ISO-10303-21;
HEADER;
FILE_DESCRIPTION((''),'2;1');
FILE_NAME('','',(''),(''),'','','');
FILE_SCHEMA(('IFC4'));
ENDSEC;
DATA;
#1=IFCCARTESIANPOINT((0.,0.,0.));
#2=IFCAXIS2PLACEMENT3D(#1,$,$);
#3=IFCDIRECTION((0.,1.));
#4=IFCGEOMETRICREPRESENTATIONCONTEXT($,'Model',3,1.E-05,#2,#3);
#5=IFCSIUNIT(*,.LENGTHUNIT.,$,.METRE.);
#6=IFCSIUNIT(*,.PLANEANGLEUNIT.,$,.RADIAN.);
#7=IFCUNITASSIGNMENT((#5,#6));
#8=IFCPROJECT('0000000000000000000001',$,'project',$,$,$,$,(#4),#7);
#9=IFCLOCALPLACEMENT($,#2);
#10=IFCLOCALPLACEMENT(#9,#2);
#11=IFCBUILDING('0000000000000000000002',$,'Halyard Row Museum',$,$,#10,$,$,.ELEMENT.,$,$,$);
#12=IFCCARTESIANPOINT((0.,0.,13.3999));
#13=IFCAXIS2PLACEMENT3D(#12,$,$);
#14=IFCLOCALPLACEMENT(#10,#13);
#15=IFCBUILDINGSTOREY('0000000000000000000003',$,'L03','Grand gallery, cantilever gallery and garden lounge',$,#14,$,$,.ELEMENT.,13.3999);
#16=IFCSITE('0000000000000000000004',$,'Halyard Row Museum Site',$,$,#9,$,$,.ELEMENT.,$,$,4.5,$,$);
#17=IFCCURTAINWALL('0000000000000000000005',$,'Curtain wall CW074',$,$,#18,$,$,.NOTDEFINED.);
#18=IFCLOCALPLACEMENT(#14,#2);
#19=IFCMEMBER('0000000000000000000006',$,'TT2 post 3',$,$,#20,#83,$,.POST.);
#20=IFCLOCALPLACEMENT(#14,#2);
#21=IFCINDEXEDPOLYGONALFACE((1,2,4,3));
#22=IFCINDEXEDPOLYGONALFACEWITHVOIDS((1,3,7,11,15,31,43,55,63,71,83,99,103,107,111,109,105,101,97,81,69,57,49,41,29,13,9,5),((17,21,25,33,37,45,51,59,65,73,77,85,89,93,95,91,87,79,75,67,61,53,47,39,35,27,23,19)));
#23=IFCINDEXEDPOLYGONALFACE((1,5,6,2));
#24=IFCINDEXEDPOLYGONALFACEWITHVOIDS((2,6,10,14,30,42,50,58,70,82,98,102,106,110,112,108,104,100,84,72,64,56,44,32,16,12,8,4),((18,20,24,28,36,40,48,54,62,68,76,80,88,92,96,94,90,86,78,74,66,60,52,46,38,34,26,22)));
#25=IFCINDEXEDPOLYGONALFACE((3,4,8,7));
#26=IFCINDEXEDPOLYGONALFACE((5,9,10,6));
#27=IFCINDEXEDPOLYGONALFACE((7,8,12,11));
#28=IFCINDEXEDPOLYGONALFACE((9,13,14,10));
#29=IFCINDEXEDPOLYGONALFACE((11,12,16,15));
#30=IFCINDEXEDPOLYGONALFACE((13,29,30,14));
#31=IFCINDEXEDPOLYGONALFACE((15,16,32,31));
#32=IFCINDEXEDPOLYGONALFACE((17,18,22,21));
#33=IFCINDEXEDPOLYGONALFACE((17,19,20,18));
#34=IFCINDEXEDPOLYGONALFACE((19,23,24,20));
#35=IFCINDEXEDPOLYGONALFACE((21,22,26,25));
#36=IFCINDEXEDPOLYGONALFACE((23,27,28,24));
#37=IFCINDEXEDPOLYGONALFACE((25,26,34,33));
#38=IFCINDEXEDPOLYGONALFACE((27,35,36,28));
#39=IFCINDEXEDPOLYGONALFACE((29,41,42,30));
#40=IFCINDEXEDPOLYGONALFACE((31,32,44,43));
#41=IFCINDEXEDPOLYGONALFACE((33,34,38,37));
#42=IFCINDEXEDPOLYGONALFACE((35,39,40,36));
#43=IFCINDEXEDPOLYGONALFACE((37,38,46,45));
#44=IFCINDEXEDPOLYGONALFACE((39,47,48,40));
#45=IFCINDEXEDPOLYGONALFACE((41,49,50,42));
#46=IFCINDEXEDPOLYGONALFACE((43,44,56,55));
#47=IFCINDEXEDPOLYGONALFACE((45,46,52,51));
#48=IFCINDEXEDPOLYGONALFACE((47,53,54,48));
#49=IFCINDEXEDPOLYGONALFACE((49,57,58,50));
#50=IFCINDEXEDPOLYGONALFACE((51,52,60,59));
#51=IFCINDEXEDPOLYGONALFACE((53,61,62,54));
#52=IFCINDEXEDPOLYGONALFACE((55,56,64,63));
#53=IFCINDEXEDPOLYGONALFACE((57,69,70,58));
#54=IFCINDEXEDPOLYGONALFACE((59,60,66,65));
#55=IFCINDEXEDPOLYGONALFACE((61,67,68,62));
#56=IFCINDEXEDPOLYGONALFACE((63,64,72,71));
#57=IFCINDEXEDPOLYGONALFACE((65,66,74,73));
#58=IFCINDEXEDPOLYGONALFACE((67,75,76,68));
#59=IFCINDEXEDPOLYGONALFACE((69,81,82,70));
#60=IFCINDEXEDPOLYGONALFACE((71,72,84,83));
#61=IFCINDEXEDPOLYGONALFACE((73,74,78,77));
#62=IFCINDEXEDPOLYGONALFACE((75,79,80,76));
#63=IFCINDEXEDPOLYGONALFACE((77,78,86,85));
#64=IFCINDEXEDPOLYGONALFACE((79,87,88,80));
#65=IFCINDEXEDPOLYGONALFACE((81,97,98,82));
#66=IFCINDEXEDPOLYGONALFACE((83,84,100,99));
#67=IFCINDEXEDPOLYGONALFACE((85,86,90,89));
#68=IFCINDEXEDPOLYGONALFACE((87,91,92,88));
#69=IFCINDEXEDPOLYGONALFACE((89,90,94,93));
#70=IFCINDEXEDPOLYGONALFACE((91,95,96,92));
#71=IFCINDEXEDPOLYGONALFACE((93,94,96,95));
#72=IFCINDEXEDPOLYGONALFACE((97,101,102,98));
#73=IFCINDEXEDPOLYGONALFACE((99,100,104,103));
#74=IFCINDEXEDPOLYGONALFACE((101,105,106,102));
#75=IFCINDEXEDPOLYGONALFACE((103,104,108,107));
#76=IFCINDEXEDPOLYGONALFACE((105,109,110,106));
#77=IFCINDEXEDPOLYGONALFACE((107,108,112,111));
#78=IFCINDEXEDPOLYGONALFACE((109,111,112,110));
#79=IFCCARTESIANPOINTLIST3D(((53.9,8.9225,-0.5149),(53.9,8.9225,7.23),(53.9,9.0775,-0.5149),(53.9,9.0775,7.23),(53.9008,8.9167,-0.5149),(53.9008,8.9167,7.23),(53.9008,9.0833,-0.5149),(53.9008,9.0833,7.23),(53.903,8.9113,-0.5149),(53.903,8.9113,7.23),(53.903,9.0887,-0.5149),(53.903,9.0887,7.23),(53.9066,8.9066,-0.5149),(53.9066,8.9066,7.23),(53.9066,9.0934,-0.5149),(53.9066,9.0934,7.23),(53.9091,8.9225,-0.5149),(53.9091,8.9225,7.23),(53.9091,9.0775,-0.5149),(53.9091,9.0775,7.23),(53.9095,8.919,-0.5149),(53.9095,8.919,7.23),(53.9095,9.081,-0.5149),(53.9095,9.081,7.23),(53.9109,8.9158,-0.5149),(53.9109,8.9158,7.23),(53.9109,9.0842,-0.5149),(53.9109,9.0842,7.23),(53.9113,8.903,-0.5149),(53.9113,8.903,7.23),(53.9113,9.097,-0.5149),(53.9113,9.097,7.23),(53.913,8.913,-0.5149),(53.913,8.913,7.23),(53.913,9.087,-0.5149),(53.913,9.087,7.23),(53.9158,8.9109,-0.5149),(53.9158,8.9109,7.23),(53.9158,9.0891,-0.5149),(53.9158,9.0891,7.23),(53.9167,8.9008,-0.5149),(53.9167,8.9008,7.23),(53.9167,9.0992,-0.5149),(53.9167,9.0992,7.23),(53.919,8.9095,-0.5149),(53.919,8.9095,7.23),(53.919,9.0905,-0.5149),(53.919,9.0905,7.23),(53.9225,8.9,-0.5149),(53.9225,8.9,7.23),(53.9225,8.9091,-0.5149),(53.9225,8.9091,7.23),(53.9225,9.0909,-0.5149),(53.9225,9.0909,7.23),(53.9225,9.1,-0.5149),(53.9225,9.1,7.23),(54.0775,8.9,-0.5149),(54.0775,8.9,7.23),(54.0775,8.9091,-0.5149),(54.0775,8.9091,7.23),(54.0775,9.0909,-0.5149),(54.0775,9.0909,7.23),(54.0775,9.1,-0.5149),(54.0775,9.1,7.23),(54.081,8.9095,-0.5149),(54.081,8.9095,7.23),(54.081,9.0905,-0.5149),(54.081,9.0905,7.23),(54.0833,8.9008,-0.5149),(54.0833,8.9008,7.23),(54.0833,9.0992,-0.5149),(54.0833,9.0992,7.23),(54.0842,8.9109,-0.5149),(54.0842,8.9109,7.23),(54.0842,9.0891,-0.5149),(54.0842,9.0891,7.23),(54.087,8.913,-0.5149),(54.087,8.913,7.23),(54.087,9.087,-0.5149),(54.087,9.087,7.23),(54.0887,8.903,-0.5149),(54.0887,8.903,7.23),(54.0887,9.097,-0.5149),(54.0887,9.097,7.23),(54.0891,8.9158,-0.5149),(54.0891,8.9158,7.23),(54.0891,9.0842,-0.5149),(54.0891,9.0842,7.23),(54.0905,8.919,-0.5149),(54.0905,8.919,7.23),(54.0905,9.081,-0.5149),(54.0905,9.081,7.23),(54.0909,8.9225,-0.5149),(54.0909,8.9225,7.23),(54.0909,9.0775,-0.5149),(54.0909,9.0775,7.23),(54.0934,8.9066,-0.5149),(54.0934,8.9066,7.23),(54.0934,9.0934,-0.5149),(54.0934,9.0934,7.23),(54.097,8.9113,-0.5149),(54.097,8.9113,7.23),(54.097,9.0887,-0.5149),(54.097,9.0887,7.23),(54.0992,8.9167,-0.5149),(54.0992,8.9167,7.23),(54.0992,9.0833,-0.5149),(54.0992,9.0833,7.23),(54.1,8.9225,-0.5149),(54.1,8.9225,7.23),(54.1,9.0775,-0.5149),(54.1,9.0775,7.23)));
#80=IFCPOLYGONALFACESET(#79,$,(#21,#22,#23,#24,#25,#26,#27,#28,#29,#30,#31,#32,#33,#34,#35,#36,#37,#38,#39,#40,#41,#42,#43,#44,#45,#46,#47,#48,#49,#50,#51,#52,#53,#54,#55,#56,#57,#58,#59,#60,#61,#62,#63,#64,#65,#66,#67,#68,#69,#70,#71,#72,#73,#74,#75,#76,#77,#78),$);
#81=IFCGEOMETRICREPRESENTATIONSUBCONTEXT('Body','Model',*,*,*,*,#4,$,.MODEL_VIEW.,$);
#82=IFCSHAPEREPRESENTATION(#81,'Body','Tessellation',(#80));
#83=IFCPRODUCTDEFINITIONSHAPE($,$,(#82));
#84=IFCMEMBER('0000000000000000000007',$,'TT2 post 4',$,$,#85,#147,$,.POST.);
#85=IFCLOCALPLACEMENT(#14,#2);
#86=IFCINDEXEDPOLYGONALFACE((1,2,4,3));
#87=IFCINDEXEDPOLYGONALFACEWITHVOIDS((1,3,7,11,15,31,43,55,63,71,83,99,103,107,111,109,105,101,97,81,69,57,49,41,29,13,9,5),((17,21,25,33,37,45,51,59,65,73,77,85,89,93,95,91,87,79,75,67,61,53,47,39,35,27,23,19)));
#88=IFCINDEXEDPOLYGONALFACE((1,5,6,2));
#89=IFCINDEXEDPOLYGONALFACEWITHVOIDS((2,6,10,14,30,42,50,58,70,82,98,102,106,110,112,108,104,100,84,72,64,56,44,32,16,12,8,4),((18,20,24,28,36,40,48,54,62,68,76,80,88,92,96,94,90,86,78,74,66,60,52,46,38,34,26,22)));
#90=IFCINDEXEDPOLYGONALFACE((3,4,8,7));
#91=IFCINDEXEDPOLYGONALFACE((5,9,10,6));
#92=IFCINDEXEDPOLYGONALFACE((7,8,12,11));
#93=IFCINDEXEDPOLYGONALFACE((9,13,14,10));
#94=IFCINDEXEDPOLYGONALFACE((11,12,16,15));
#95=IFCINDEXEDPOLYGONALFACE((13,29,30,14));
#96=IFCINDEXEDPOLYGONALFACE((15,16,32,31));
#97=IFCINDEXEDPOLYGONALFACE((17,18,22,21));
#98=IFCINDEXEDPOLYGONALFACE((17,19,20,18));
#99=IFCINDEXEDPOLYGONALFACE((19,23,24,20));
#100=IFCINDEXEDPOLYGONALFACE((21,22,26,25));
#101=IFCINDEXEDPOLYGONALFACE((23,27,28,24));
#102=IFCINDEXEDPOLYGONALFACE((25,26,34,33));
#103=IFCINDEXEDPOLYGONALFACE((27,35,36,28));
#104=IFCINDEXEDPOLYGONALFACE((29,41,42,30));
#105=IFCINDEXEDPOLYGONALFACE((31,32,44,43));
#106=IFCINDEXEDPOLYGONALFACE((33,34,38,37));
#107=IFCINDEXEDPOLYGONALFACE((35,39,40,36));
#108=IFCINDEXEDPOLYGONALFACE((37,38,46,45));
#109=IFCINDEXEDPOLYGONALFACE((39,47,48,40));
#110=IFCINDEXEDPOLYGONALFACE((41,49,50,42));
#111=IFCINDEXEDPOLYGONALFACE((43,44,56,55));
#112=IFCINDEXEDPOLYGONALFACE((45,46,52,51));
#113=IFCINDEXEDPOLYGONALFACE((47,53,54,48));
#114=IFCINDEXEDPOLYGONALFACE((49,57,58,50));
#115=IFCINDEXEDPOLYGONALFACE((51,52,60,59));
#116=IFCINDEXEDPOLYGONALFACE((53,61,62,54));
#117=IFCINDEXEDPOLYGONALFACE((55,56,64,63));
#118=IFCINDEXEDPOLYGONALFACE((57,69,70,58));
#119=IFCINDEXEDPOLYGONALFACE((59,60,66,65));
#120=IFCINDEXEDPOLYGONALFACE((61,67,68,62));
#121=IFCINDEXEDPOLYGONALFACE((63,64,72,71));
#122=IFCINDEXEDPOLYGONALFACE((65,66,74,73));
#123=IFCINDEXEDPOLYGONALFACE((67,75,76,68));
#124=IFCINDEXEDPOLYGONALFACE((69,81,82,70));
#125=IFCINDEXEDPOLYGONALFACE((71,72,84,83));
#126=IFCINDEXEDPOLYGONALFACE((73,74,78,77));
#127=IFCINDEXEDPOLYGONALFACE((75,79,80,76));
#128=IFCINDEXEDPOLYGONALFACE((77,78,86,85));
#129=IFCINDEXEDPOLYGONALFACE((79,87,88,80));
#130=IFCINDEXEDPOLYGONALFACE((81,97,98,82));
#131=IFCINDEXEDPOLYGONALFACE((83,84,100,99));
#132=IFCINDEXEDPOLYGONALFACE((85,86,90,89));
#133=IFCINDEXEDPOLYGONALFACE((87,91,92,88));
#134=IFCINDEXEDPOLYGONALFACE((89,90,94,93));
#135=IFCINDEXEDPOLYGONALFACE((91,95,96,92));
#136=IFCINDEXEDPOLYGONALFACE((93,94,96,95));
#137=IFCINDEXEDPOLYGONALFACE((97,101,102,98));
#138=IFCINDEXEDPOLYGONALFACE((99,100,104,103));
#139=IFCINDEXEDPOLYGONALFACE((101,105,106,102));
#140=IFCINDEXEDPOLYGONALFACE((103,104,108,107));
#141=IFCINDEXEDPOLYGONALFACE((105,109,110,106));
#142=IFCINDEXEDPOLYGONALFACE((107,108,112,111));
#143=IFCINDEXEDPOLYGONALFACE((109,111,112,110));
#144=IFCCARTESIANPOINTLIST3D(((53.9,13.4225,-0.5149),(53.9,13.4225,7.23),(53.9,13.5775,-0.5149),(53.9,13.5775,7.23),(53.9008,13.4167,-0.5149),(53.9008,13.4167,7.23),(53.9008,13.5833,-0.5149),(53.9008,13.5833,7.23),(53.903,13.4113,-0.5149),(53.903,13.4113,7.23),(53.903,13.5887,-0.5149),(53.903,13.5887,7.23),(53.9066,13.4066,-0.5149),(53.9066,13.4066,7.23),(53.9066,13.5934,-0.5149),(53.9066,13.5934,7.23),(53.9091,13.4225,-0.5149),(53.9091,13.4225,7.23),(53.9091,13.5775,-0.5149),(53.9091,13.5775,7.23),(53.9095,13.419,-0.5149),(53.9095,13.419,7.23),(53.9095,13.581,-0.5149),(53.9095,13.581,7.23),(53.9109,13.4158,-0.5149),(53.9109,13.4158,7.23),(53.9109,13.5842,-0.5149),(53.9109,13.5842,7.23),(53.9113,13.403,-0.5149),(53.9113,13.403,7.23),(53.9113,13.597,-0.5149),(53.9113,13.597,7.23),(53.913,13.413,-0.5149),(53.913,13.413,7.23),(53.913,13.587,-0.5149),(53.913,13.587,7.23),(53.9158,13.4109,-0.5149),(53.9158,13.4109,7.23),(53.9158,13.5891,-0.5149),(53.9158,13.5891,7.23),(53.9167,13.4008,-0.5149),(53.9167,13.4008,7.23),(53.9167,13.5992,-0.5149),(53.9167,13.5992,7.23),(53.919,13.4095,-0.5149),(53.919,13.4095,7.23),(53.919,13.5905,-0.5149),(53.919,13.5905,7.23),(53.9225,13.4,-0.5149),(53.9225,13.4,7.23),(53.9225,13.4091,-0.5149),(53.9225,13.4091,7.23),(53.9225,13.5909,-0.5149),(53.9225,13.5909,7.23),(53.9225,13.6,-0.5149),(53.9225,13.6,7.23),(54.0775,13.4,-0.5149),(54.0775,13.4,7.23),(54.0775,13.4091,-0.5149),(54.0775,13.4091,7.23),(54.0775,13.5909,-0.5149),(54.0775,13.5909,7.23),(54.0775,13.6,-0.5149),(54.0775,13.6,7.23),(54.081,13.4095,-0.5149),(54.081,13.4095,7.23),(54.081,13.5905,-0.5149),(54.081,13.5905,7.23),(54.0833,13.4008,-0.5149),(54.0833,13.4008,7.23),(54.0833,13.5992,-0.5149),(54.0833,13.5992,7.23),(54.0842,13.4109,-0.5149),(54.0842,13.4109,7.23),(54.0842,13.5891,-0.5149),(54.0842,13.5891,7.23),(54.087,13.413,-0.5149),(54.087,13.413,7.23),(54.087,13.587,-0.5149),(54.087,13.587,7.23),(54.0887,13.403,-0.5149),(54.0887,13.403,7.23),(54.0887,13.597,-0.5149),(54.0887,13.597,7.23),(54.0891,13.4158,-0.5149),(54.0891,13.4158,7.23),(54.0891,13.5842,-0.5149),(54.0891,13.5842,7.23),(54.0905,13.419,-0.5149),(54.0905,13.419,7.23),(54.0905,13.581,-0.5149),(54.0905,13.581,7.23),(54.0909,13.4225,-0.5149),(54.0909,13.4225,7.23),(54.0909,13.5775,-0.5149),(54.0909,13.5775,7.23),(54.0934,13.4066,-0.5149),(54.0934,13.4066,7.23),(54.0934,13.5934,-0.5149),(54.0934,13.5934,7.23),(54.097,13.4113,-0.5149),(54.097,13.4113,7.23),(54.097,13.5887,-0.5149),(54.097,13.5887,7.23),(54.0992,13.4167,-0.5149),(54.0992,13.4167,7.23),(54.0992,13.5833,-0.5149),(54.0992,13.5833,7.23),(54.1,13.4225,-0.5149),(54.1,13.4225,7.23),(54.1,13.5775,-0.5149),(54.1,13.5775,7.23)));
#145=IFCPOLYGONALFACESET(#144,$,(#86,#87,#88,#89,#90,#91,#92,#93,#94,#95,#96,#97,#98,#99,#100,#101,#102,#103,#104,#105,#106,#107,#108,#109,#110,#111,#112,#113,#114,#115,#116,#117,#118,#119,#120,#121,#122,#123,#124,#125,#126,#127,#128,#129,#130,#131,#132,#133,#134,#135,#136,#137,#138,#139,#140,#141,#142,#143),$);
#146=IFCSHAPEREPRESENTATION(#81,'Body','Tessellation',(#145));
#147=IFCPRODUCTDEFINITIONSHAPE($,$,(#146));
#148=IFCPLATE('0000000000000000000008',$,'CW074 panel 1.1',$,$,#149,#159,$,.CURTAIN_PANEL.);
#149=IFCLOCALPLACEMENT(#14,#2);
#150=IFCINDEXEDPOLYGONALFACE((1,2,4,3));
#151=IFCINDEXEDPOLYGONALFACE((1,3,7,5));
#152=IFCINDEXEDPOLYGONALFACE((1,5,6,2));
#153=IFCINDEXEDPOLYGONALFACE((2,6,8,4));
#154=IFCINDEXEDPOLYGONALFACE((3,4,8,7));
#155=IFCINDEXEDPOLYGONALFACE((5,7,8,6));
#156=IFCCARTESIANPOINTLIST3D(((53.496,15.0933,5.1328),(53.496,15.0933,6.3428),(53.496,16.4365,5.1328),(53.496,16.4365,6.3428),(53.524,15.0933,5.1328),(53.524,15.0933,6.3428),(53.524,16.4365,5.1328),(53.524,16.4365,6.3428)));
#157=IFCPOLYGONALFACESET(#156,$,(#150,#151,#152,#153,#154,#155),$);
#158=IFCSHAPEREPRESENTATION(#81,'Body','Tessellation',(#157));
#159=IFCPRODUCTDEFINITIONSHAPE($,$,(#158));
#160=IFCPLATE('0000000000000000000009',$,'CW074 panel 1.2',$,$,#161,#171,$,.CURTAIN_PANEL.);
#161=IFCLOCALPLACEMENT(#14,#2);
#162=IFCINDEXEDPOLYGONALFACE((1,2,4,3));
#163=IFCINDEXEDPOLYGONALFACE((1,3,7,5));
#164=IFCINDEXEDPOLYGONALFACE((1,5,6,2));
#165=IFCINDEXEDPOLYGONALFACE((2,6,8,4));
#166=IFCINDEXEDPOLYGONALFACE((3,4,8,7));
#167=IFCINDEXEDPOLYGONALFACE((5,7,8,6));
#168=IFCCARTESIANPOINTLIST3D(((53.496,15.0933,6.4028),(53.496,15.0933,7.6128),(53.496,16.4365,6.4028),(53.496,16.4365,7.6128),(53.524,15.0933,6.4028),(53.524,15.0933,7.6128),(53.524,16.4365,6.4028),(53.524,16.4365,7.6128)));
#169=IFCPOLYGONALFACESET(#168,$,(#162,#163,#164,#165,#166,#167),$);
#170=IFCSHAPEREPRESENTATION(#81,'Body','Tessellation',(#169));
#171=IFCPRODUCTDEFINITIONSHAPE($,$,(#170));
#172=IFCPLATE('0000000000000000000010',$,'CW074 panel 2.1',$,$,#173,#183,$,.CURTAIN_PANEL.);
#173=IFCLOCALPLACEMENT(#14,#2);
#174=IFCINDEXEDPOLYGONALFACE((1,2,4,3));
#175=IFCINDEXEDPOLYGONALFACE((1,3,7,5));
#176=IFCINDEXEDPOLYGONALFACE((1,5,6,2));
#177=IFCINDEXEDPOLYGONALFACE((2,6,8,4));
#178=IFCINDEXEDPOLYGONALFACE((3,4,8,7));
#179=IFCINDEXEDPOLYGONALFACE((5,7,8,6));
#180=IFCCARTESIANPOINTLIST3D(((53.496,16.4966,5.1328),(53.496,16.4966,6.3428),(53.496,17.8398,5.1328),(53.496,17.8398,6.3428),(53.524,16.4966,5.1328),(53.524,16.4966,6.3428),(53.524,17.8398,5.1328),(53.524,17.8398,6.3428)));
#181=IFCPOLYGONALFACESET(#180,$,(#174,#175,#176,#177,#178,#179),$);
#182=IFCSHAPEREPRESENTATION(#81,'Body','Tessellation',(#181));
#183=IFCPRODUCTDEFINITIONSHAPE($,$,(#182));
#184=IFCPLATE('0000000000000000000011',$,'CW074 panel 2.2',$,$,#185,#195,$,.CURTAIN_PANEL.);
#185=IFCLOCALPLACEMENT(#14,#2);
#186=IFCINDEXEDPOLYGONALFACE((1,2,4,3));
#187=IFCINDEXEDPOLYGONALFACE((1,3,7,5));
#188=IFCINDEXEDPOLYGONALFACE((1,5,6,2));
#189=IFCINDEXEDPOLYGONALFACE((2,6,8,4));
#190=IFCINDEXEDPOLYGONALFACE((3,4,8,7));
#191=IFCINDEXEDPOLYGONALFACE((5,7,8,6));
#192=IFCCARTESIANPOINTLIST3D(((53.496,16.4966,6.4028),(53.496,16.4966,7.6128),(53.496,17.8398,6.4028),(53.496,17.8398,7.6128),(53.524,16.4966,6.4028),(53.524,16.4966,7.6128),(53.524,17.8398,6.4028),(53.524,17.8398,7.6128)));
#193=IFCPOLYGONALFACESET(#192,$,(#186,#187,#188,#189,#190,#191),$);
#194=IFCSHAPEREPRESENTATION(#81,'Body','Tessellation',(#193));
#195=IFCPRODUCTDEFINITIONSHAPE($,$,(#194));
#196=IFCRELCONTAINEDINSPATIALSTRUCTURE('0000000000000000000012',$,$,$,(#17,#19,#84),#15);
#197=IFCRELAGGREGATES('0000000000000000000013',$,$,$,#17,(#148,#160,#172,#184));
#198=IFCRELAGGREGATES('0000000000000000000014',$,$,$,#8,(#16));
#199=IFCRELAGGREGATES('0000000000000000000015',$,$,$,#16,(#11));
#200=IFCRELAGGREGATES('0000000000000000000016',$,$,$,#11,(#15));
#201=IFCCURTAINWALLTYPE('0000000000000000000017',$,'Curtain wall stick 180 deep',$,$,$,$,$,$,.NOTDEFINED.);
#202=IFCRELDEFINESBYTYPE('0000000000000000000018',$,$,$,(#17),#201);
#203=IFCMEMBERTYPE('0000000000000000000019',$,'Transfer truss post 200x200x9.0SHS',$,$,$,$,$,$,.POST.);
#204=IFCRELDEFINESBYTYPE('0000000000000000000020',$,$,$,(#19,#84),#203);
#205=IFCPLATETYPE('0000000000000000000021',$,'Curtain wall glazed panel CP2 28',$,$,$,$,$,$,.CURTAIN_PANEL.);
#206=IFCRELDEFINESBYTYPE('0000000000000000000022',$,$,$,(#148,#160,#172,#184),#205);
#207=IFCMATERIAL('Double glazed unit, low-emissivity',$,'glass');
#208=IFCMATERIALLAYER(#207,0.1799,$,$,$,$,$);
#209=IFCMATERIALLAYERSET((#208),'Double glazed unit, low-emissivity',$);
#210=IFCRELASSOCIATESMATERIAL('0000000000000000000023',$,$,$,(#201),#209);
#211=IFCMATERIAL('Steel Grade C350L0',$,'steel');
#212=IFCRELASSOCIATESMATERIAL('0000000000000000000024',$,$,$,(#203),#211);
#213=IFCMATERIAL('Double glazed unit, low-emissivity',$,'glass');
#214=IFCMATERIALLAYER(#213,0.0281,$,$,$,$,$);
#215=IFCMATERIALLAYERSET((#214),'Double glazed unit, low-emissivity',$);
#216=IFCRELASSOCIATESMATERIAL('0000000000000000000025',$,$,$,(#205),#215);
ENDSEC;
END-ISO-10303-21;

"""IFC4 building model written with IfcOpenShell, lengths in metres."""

from ifc_helpers import new_model, si_unit, direction, frame, origin, origin_2d, place, context, subcontext, project, spatial, rectangle, hollow_rectangle, extrude, material, layer, layer_set, material_profile, profile_set, type_object, element, aggregate, save


model = new_model("IFC4")

# Units and contexts
model_context = context("Model", 3, precision=1e-05, world=origin(), true_north=direction((0.0, 1.0)))
body_context = subcontext(model_context, "Body", "Model", "MODEL_VIEW")
ifc_project = project(units=[si_unit("LENGTHUNIT", "METRE"), si_unit("PLANEANGLEUNIT", "RADIAN")], contexts=[model_context])

# Site, building, storey
site_placement = place(None, origin())
site = spatial("IfcSite", under=ifc_project, at=site_placement, Name="Halyard Row Museum Site", CompositionType="ELEMENT", RefElevation=4.5)
building_placement = place(site_placement, origin())
building = spatial("IfcBuilding", under=site, at=building_placement, Name="Halyard Row Museum", CompositionType="ELEMENT")
storey_placement = place(building_placement, frame((0.0, 0.0, 13.3999)))
storey = spatial("IfcBuildingStorey", under=building, at=storey_placement, Name="L03", Description="Grand gallery, cantilever gallery and garden lounge", CompositionType="ELEMENT", Elevation=13.3999)

# Curtain wall
ifc_material_1 = material(Name="Double glazed unit, low-emissivity", Category="glass")
ifc_layer_1 = layer(ifc_material_1, 0.1799)
ifc_layer_set_1 = layer_set([ifc_layer_1], Name="Double glazed unit, low-emissivity")
curtain_wall_type = type_object("IfcCurtainWallType", Name="Curtain wall stick 180 deep", PredefinedType="NOTDEFINED", material=ifc_layer_set_1)
curtain_wall_placement = place(storey_placement, origin())
curtain_wall = element("IfcCurtainWall", 1, at=curtain_wall_placement, inside=storey, type_object=curtain_wall_type, Name="Curtain wall CW074", PredefinedType="NOTDEFINED")

# Members
ifc_material_2 = material(Name="Steel Grade C350L0", Category="steel")
ifc_material_profile_1 = material_profile(ifc_material_2, hollow_rectangle(XDim=0.2, YDim=0.2, WallThickness=0.009, InnerFilletRadius=0.0134, OuterFilletRadius=0.0225, at=origin_2d()), Name="200x200x9.0SHS")
ifc_profile_set_1 = profile_set([ifc_material_profile_1], Name="Steel Grade C350L0")
member_type_1 = type_object("IfcMemberType", Name="Transfer truss post 200x200x9.0SHS", PredefinedType="POST", material=ifc_profile_set_1)
for number, where, z_axis, x_axis, name in (
    (2, (54.0, 9.0, -0.5149), (0.0, 0.0, 1.0), (1.0, 0.0, 0.0), "TT2 post 3"),
    (3, (54.0, 13.5, -0.5149), (0.0, 0.0, 1.0), (1.0, 0.0, 0.0), "TT2 post 4"),
):
    element("IfcMember", number, at=place(storey_placement, frame(where, z_axis=z_axis, x_axis=x_axis)), inside=storey, type_object=member_type_1, Name=name, PredefinedType="POST", context=body_context, shape_type="SweptSolid", body=[
        extrude(hollow_rectangle(XDim=0.2, YDim=0.2, WallThickness=0.009, InnerFilletRadius=0.0134, OuterFilletRadius=0.0225, at=origin_2d()), origin(), (0.0, 0.0, 1.0), 7.7449),
    ])

# Plates
ifc_material_3 = material(Name="Double glazed unit, low-emissivity", Category="glass")
ifc_layer_2 = layer(ifc_material_3, 0.0281)
ifc_layer_set_2 = layer_set([ifc_layer_2], Name="Double glazed unit, low-emissivity")
plate_type = type_object("IfcPlateType", Name="Curtain wall glazed panel CP2 28", PredefinedType="CURTAIN_PANEL", material=ifc_layer_set_2)
plate_1_placement = place(storey_placement, frame((53.51, 15.7649, 5.1328), z_axis=(0.0, 0.0, 1.0), x_axis=(0.0, 1.0, 0.0)))
plate_1 = element("IfcPlate", 4, at=plate_1_placement, type_object=plate_type, Name="CW074 panel 1.1", PredefinedType="CURTAIN_PANEL", context=body_context, shape_type="SweptSolid", body=[
    extrude(rectangle(XDim=1.3433, YDim=0.0281, at=origin_2d()), origin(), (0.0, 0.0, 1.0), 1.21),
])
plate_2_placement = place(storey_placement, frame((53.51, 15.7649, 6.4028), z_axis=(0.0, 0.0, 1.0), x_axis=(0.0, 1.0, 0.0)))
plate_2 = element("IfcPlate", 5, at=plate_2_placement, type_object=plate_type, Name="CW074 panel 1.2", PredefinedType="CURTAIN_PANEL", context=body_context, shape_type="SweptSolid", body=[
    extrude(rectangle(XDim=1.3433, YDim=0.0281, at=origin_2d()), origin(), (0.0, 0.0, 1.0), 1.21),
])
plate_3_placement = place(storey_placement, frame((53.51, 17.1682, 5.1328), z_axis=(0.0, 0.0, 1.0), x_axis=(0.0, 1.0, 0.0)))
plate_3 = element("IfcPlate", 6, at=plate_3_placement, type_object=plate_type, Name="CW074 panel 2.1", PredefinedType="CURTAIN_PANEL", context=body_context, shape_type="SweptSolid", body=[
    extrude(rectangle(XDim=1.3433, YDim=0.0281, at=origin_2d()), origin(), (0.0, 0.0, 1.0), 1.21),
])
plate_4_placement = place(storey_placement, frame((53.51, 17.1682, 6.4028), z_axis=(0.0, 0.0, 1.0), x_axis=(0.0, 1.0, 0.0)))
plate_4 = element("IfcPlate", 7, at=plate_4_placement, type_object=plate_type, Name="CW074 panel 2.2", PredefinedType="CURTAIN_PANEL", context=body_context, shape_type="SweptSolid", body=[
    extrude(rectangle(XDim=1.3433, YDim=0.0281, at=origin_2d()), origin(), (0.0, 0.0, 1.0), 1.21),
])
aggregate(curtain_wall, [plate_1, plate_2, plate_3, plate_4])

save(model, "model.ifc")
